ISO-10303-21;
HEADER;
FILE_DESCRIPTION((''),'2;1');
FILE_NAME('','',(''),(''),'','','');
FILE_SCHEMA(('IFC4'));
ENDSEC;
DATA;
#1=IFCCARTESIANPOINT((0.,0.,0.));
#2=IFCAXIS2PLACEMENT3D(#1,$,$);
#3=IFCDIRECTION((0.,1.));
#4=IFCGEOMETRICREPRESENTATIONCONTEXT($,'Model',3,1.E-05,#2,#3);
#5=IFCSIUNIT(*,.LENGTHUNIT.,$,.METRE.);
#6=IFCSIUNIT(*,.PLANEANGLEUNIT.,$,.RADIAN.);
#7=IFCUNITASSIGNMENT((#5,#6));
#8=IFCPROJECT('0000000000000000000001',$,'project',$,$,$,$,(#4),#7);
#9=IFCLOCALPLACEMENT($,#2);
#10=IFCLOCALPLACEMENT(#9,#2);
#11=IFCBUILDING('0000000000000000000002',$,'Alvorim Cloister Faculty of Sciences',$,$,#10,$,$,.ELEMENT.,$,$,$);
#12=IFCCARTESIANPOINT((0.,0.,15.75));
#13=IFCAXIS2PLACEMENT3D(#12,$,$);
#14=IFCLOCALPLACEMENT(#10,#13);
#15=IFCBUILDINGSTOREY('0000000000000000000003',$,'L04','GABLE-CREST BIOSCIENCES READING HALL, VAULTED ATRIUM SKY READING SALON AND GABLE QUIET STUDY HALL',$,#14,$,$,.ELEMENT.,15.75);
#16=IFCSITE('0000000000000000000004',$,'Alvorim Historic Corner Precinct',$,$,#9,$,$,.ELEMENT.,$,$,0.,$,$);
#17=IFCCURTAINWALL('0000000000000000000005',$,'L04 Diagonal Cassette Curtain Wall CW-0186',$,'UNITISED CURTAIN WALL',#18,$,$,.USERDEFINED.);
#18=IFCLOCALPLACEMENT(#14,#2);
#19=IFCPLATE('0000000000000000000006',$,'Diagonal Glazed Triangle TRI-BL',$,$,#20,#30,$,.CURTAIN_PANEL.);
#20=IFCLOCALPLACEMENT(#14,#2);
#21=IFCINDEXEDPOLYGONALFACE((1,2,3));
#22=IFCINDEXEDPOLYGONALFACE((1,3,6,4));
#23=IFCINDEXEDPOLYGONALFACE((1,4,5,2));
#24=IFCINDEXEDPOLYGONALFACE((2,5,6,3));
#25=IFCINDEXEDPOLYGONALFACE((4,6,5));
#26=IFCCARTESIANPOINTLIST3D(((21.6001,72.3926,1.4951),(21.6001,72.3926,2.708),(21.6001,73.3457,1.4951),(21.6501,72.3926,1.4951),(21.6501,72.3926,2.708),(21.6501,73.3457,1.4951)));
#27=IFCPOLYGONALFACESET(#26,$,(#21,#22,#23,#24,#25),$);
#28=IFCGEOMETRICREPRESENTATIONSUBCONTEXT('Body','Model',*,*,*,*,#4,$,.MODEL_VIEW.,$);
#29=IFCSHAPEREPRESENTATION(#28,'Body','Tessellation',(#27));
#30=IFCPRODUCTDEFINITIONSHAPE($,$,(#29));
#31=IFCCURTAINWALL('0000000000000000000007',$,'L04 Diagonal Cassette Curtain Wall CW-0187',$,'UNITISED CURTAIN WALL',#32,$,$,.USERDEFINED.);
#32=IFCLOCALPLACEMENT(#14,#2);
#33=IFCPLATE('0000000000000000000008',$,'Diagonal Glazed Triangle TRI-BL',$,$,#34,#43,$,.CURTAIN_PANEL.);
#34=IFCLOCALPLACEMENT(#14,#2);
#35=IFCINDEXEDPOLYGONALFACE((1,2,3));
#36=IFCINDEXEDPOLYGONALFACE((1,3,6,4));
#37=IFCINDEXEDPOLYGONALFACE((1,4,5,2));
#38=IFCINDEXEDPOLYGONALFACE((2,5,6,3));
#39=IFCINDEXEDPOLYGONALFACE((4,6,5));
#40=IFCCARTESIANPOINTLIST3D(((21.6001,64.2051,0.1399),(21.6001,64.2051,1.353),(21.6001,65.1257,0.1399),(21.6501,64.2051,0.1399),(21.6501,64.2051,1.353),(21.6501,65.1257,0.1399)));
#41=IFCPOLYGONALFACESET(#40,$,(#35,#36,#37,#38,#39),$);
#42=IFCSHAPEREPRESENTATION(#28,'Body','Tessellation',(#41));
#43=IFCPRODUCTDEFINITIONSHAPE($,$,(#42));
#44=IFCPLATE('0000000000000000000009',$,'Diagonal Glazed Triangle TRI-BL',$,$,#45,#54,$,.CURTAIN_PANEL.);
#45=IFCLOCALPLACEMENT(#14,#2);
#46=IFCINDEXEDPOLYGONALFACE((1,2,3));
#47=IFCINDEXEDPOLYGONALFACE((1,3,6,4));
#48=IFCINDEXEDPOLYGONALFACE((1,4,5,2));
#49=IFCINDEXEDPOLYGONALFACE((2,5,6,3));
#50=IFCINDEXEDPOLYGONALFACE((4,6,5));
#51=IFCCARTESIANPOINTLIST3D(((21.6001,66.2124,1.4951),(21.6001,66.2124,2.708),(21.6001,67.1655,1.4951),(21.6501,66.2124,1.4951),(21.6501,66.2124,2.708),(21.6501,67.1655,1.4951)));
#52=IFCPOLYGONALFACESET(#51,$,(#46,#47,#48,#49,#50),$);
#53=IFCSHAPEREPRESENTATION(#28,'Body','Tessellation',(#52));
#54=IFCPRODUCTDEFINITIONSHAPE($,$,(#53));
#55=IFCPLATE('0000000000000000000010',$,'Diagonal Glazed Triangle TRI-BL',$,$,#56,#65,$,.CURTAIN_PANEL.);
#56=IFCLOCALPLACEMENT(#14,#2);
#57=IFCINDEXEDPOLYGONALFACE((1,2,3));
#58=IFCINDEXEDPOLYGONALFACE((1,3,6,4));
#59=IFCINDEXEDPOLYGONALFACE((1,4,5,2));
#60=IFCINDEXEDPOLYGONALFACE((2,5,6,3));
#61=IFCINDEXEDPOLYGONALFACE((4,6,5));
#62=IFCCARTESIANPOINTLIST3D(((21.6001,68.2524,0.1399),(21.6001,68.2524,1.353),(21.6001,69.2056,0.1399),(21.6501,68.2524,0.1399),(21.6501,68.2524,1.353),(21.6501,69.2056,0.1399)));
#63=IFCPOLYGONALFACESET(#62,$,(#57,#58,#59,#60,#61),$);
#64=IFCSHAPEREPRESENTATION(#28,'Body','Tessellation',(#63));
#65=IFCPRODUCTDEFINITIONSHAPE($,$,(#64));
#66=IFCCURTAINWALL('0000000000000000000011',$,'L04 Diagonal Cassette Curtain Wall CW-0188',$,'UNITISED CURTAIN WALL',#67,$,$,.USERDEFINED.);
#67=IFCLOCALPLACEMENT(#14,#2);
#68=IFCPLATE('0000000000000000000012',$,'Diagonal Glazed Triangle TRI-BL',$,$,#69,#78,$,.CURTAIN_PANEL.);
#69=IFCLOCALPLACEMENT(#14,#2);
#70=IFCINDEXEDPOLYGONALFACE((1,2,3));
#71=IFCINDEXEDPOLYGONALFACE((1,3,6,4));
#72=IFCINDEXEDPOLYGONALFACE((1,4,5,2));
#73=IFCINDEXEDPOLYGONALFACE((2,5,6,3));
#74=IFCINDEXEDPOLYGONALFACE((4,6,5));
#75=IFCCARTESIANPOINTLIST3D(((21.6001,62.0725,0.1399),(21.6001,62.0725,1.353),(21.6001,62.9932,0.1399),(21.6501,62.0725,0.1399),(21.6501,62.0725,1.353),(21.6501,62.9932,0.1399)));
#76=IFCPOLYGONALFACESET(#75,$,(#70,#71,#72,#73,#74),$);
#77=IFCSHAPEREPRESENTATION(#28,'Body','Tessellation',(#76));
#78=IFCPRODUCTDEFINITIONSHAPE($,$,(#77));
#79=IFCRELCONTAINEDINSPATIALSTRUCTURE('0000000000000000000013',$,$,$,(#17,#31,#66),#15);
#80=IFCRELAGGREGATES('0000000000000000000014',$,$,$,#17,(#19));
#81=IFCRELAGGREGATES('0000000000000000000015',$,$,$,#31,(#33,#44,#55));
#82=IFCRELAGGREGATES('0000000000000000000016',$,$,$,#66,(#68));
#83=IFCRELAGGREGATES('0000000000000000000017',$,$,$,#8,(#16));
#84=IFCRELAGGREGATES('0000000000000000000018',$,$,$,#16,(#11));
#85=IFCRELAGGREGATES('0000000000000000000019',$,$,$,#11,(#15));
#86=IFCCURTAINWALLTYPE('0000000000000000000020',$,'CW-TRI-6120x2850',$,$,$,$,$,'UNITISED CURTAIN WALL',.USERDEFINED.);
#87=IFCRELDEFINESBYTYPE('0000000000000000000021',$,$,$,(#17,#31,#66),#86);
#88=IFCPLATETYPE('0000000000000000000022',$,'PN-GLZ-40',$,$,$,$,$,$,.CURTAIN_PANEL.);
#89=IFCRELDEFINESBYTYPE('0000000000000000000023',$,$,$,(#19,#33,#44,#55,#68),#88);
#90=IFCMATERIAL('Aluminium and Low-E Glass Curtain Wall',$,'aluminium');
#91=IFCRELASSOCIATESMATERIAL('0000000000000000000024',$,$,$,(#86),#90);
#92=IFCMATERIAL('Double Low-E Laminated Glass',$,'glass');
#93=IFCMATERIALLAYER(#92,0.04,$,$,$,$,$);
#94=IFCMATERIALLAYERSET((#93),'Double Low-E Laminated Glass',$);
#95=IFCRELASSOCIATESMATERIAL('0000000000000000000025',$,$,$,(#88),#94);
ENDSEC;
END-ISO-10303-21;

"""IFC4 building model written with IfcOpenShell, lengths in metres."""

from ifc_helpers import new_model, si_unit, direction, frame, origin, place, context, subcontext, project, spatial, polyline, outline, extrude, material, layer, layer_set, type_object, element, aggregate, save


model = new_model("IFC4")

# Units and contexts
model_context = context("Model", 3, precision=1e-05, world=origin(), true_north=direction((0.0, 1.0)))
body_context = subcontext(model_context, "Body", "Model", "MODEL_VIEW")
ifc_project = project(units=[si_unit("LENGTHUNIT", "METRE"), si_unit("PLANEANGLEUNIT", "RADIAN")], contexts=[model_context])

# Site, building, storey
site_placement = place(None, origin())
site = spatial("IfcSite", under=ifc_project, at=site_placement, Name="Alvorim Historic Corner Precinct", CompositionType="ELEMENT", RefElevation=0.0)
building_placement = place(site_placement, origin())
building = spatial("IfcBuilding", under=site, at=building_placement, Name="Alvorim Cloister Faculty of Sciences", CompositionType="ELEMENT")
storey_placement = place(building_placement, frame((0.0, 0.0, 15.75)))
storey = spatial("IfcBuildingStorey", under=building, at=storey_placement, Name="L04", Description="GABLE-CREST BIOSCIENCES READING HALL, VAULTED ATRIUM SKY READING SALON AND GABLE QUIET STUDY HALL", CompositionType="ELEMENT", Elevation=15.75)

# Curtain walls, plates
ifc_material_1 = material(Name="Aluminium and Low-E Glass Curtain Wall", Category="aluminium")
curtain_wall_type = type_object("IfcCurtainWallType", Name="CW-TRI-6120x2850", ElementType="UNITISED CURTAIN WALL", PredefinedType="USERDEFINED", material=ifc_material_1)
curtain_wall_1_placement = place(storey_placement, origin())
curtain_wall_1 = element("IfcCurtainWall", 1, at=curtain_wall_1_placement, inside=storey, type_object=curtain_wall_type, Name="L04 Diagonal Cassette Curtain Wall CW-0186", ObjectType="UNITISED CURTAIN WALL", PredefinedType="USERDEFINED")
ifc_material_2 = material(Name="Double Low-E Laminated Glass", Category="glass")
ifc_layer = layer(ifc_material_2, 0.04)
ifc_layer_set = layer_set([ifc_layer], Name="Double Low-E Laminated Glass")
plate_type = type_object("IfcPlateType", Name="PN-GLZ-40", PredefinedType="CURTAIN_PANEL", material=ifc_layer_set)
plate_1_placement = place(storey_placement, frame((21.625, 72.3926, 1.4951), z_axis=(0.0, 0.0, 1.0), x_axis=(0.0, 1.0, 0.0)))
plate_1 = element("IfcPlate", 2, at=plate_1_placement, type_object=plate_type, Name="Diagonal Glazed Triangle TRI-BL", PredefinedType="CURTAIN_PANEL", context=body_context, shape_type="SweptSolid", body=[
    extrude(outline(polyline([(0.0, 0.0), (0.9531, 0.0), (0.0, 1.2129), (0.0, 0.0)])), frame((0.0, 0.0249, 0.0), z_axis=(0.0, -1.0, 0.0), x_axis=(1.0, 0.0, 0.0)), (0.0, 0.0, 1.0), 0.05),
])
aggregate(curtain_wall_1, [plate_1])
curtain_wall_2_placement = place(storey_placement, origin())
curtain_wall_2 = element("IfcCurtainWall", 3, at=curtain_wall_2_placement, inside=storey, type_object=curtain_wall_type, Name="L04 Diagonal Cassette Curtain Wall CW-0187", ObjectType="UNITISED CURTAIN WALL", PredefinedType="USERDEFINED")
plate_2_placement = place(storey_placement, frame((21.625, 64.2051, 0.1399), z_axis=(0.0, 0.0, 1.0), x_axis=(0.0, 1.0, 0.0)))
plate_2 = element("IfcPlate", 4, at=plate_2_placement, type_object=plate_type, Name="Diagonal Glazed Triangle TRI-BL", PredefinedType="CURTAIN_PANEL", context=body_context, shape_type="SweptSolid", body=[
    extrude(outline(polyline([(0.0, 0.0), (0.9207, 0.0), (0.0, 1.2131), (0.0, 0.0)])), frame((0.0, 0.0249, 0.0), z_axis=(0.0, -1.0, 0.0), x_axis=(1.0, 0.0, 0.0)), (0.0, 0.0, 1.0), 0.05),
])
plate_3_placement = place(storey_placement, frame((21.625, 66.2124, 1.4951), z_axis=(0.0, 0.0, 1.0), x_axis=(0.0, 1.0, 0.0)))
plate_3 = element("IfcPlate", 5, at=plate_3_placement, type_object=plate_type, Name="Diagonal Glazed Triangle TRI-BL", PredefinedType="CURTAIN_PANEL", context=body_context, shape_type="SweptSolid", body=[
    extrude(outline(polyline([(0.0, 0.0), (0.9531, 0.0), (0.0, 1.2129), (0.0, 0.0)])), frame((0.0, 0.0249, 0.0), z_axis=(0.0, -1.0, 0.0), x_axis=(1.0, 0.0, 0.0)), (0.0, 0.0, 1.0), 0.05),
])
plate_4_placement = place(storey_placement, frame((21.625, 68.2524, 0.1399), z_axis=(0.0, 0.0, 1.0), x_axis=(0.0, 1.0, 0.0)))
plate_4 = element("IfcPlate", 6, at=plate_4_placement, type_object=plate_type, Name="Diagonal Glazed Triangle TRI-BL", PredefinedType="CURTAIN_PANEL", context=body_context, shape_type="SweptSolid", body=[
    extrude(outline(polyline([(0.0, 0.0), (0.9531, 0.0), (0.0, 1.2131), (0.0, 0.0)])), frame((0.0, 0.0249, 0.0), z_axis=(0.0, -1.0, 0.0), x_axis=(1.0, 0.0, 0.0)), (0.0, 0.0, 1.0), 0.05),
])
aggregate(curtain_wall_2, [plate_2, plate_3, plate_4])
curtain_wall_3_placement = place(storey_placement, origin())
curtain_wall_3 = element("IfcCurtainWall", 7, at=curtain_wall_3_placement, inside=storey, type_object=curtain_wall_type, Name="L04 Diagonal Cassette Curtain Wall CW-0188", ObjectType="UNITISED CURTAIN WALL", PredefinedType="USERDEFINED")
plate_5_placement = place(storey_placement, frame((21.625, 62.0725, 0.1399), z_axis=(0.0, 0.0, 1.0), x_axis=(0.0, 1.0, 0.0)))
plate_5 = element("IfcPlate", 8, at=plate_5_placement, type_object=plate_type, Name="Diagonal Glazed Triangle TRI-BL", PredefinedType="CURTAIN_PANEL", context=body_context, shape_type="SweptSolid", body=[
    extrude(outline(polyline([(0.0, 0.0), (0.9207, 0.0), (0.0, 1.2131), (0.0, 0.0)])), frame((0.0, 0.0249, 0.0), z_axis=(0.0, -1.0, 0.0), x_axis=(1.0, 0.0, 0.0)), (0.0, 0.0, 1.0), 0.05),
])
aggregate(curtain_wall_3, [plate_5])

save(model, "model.ifc")
